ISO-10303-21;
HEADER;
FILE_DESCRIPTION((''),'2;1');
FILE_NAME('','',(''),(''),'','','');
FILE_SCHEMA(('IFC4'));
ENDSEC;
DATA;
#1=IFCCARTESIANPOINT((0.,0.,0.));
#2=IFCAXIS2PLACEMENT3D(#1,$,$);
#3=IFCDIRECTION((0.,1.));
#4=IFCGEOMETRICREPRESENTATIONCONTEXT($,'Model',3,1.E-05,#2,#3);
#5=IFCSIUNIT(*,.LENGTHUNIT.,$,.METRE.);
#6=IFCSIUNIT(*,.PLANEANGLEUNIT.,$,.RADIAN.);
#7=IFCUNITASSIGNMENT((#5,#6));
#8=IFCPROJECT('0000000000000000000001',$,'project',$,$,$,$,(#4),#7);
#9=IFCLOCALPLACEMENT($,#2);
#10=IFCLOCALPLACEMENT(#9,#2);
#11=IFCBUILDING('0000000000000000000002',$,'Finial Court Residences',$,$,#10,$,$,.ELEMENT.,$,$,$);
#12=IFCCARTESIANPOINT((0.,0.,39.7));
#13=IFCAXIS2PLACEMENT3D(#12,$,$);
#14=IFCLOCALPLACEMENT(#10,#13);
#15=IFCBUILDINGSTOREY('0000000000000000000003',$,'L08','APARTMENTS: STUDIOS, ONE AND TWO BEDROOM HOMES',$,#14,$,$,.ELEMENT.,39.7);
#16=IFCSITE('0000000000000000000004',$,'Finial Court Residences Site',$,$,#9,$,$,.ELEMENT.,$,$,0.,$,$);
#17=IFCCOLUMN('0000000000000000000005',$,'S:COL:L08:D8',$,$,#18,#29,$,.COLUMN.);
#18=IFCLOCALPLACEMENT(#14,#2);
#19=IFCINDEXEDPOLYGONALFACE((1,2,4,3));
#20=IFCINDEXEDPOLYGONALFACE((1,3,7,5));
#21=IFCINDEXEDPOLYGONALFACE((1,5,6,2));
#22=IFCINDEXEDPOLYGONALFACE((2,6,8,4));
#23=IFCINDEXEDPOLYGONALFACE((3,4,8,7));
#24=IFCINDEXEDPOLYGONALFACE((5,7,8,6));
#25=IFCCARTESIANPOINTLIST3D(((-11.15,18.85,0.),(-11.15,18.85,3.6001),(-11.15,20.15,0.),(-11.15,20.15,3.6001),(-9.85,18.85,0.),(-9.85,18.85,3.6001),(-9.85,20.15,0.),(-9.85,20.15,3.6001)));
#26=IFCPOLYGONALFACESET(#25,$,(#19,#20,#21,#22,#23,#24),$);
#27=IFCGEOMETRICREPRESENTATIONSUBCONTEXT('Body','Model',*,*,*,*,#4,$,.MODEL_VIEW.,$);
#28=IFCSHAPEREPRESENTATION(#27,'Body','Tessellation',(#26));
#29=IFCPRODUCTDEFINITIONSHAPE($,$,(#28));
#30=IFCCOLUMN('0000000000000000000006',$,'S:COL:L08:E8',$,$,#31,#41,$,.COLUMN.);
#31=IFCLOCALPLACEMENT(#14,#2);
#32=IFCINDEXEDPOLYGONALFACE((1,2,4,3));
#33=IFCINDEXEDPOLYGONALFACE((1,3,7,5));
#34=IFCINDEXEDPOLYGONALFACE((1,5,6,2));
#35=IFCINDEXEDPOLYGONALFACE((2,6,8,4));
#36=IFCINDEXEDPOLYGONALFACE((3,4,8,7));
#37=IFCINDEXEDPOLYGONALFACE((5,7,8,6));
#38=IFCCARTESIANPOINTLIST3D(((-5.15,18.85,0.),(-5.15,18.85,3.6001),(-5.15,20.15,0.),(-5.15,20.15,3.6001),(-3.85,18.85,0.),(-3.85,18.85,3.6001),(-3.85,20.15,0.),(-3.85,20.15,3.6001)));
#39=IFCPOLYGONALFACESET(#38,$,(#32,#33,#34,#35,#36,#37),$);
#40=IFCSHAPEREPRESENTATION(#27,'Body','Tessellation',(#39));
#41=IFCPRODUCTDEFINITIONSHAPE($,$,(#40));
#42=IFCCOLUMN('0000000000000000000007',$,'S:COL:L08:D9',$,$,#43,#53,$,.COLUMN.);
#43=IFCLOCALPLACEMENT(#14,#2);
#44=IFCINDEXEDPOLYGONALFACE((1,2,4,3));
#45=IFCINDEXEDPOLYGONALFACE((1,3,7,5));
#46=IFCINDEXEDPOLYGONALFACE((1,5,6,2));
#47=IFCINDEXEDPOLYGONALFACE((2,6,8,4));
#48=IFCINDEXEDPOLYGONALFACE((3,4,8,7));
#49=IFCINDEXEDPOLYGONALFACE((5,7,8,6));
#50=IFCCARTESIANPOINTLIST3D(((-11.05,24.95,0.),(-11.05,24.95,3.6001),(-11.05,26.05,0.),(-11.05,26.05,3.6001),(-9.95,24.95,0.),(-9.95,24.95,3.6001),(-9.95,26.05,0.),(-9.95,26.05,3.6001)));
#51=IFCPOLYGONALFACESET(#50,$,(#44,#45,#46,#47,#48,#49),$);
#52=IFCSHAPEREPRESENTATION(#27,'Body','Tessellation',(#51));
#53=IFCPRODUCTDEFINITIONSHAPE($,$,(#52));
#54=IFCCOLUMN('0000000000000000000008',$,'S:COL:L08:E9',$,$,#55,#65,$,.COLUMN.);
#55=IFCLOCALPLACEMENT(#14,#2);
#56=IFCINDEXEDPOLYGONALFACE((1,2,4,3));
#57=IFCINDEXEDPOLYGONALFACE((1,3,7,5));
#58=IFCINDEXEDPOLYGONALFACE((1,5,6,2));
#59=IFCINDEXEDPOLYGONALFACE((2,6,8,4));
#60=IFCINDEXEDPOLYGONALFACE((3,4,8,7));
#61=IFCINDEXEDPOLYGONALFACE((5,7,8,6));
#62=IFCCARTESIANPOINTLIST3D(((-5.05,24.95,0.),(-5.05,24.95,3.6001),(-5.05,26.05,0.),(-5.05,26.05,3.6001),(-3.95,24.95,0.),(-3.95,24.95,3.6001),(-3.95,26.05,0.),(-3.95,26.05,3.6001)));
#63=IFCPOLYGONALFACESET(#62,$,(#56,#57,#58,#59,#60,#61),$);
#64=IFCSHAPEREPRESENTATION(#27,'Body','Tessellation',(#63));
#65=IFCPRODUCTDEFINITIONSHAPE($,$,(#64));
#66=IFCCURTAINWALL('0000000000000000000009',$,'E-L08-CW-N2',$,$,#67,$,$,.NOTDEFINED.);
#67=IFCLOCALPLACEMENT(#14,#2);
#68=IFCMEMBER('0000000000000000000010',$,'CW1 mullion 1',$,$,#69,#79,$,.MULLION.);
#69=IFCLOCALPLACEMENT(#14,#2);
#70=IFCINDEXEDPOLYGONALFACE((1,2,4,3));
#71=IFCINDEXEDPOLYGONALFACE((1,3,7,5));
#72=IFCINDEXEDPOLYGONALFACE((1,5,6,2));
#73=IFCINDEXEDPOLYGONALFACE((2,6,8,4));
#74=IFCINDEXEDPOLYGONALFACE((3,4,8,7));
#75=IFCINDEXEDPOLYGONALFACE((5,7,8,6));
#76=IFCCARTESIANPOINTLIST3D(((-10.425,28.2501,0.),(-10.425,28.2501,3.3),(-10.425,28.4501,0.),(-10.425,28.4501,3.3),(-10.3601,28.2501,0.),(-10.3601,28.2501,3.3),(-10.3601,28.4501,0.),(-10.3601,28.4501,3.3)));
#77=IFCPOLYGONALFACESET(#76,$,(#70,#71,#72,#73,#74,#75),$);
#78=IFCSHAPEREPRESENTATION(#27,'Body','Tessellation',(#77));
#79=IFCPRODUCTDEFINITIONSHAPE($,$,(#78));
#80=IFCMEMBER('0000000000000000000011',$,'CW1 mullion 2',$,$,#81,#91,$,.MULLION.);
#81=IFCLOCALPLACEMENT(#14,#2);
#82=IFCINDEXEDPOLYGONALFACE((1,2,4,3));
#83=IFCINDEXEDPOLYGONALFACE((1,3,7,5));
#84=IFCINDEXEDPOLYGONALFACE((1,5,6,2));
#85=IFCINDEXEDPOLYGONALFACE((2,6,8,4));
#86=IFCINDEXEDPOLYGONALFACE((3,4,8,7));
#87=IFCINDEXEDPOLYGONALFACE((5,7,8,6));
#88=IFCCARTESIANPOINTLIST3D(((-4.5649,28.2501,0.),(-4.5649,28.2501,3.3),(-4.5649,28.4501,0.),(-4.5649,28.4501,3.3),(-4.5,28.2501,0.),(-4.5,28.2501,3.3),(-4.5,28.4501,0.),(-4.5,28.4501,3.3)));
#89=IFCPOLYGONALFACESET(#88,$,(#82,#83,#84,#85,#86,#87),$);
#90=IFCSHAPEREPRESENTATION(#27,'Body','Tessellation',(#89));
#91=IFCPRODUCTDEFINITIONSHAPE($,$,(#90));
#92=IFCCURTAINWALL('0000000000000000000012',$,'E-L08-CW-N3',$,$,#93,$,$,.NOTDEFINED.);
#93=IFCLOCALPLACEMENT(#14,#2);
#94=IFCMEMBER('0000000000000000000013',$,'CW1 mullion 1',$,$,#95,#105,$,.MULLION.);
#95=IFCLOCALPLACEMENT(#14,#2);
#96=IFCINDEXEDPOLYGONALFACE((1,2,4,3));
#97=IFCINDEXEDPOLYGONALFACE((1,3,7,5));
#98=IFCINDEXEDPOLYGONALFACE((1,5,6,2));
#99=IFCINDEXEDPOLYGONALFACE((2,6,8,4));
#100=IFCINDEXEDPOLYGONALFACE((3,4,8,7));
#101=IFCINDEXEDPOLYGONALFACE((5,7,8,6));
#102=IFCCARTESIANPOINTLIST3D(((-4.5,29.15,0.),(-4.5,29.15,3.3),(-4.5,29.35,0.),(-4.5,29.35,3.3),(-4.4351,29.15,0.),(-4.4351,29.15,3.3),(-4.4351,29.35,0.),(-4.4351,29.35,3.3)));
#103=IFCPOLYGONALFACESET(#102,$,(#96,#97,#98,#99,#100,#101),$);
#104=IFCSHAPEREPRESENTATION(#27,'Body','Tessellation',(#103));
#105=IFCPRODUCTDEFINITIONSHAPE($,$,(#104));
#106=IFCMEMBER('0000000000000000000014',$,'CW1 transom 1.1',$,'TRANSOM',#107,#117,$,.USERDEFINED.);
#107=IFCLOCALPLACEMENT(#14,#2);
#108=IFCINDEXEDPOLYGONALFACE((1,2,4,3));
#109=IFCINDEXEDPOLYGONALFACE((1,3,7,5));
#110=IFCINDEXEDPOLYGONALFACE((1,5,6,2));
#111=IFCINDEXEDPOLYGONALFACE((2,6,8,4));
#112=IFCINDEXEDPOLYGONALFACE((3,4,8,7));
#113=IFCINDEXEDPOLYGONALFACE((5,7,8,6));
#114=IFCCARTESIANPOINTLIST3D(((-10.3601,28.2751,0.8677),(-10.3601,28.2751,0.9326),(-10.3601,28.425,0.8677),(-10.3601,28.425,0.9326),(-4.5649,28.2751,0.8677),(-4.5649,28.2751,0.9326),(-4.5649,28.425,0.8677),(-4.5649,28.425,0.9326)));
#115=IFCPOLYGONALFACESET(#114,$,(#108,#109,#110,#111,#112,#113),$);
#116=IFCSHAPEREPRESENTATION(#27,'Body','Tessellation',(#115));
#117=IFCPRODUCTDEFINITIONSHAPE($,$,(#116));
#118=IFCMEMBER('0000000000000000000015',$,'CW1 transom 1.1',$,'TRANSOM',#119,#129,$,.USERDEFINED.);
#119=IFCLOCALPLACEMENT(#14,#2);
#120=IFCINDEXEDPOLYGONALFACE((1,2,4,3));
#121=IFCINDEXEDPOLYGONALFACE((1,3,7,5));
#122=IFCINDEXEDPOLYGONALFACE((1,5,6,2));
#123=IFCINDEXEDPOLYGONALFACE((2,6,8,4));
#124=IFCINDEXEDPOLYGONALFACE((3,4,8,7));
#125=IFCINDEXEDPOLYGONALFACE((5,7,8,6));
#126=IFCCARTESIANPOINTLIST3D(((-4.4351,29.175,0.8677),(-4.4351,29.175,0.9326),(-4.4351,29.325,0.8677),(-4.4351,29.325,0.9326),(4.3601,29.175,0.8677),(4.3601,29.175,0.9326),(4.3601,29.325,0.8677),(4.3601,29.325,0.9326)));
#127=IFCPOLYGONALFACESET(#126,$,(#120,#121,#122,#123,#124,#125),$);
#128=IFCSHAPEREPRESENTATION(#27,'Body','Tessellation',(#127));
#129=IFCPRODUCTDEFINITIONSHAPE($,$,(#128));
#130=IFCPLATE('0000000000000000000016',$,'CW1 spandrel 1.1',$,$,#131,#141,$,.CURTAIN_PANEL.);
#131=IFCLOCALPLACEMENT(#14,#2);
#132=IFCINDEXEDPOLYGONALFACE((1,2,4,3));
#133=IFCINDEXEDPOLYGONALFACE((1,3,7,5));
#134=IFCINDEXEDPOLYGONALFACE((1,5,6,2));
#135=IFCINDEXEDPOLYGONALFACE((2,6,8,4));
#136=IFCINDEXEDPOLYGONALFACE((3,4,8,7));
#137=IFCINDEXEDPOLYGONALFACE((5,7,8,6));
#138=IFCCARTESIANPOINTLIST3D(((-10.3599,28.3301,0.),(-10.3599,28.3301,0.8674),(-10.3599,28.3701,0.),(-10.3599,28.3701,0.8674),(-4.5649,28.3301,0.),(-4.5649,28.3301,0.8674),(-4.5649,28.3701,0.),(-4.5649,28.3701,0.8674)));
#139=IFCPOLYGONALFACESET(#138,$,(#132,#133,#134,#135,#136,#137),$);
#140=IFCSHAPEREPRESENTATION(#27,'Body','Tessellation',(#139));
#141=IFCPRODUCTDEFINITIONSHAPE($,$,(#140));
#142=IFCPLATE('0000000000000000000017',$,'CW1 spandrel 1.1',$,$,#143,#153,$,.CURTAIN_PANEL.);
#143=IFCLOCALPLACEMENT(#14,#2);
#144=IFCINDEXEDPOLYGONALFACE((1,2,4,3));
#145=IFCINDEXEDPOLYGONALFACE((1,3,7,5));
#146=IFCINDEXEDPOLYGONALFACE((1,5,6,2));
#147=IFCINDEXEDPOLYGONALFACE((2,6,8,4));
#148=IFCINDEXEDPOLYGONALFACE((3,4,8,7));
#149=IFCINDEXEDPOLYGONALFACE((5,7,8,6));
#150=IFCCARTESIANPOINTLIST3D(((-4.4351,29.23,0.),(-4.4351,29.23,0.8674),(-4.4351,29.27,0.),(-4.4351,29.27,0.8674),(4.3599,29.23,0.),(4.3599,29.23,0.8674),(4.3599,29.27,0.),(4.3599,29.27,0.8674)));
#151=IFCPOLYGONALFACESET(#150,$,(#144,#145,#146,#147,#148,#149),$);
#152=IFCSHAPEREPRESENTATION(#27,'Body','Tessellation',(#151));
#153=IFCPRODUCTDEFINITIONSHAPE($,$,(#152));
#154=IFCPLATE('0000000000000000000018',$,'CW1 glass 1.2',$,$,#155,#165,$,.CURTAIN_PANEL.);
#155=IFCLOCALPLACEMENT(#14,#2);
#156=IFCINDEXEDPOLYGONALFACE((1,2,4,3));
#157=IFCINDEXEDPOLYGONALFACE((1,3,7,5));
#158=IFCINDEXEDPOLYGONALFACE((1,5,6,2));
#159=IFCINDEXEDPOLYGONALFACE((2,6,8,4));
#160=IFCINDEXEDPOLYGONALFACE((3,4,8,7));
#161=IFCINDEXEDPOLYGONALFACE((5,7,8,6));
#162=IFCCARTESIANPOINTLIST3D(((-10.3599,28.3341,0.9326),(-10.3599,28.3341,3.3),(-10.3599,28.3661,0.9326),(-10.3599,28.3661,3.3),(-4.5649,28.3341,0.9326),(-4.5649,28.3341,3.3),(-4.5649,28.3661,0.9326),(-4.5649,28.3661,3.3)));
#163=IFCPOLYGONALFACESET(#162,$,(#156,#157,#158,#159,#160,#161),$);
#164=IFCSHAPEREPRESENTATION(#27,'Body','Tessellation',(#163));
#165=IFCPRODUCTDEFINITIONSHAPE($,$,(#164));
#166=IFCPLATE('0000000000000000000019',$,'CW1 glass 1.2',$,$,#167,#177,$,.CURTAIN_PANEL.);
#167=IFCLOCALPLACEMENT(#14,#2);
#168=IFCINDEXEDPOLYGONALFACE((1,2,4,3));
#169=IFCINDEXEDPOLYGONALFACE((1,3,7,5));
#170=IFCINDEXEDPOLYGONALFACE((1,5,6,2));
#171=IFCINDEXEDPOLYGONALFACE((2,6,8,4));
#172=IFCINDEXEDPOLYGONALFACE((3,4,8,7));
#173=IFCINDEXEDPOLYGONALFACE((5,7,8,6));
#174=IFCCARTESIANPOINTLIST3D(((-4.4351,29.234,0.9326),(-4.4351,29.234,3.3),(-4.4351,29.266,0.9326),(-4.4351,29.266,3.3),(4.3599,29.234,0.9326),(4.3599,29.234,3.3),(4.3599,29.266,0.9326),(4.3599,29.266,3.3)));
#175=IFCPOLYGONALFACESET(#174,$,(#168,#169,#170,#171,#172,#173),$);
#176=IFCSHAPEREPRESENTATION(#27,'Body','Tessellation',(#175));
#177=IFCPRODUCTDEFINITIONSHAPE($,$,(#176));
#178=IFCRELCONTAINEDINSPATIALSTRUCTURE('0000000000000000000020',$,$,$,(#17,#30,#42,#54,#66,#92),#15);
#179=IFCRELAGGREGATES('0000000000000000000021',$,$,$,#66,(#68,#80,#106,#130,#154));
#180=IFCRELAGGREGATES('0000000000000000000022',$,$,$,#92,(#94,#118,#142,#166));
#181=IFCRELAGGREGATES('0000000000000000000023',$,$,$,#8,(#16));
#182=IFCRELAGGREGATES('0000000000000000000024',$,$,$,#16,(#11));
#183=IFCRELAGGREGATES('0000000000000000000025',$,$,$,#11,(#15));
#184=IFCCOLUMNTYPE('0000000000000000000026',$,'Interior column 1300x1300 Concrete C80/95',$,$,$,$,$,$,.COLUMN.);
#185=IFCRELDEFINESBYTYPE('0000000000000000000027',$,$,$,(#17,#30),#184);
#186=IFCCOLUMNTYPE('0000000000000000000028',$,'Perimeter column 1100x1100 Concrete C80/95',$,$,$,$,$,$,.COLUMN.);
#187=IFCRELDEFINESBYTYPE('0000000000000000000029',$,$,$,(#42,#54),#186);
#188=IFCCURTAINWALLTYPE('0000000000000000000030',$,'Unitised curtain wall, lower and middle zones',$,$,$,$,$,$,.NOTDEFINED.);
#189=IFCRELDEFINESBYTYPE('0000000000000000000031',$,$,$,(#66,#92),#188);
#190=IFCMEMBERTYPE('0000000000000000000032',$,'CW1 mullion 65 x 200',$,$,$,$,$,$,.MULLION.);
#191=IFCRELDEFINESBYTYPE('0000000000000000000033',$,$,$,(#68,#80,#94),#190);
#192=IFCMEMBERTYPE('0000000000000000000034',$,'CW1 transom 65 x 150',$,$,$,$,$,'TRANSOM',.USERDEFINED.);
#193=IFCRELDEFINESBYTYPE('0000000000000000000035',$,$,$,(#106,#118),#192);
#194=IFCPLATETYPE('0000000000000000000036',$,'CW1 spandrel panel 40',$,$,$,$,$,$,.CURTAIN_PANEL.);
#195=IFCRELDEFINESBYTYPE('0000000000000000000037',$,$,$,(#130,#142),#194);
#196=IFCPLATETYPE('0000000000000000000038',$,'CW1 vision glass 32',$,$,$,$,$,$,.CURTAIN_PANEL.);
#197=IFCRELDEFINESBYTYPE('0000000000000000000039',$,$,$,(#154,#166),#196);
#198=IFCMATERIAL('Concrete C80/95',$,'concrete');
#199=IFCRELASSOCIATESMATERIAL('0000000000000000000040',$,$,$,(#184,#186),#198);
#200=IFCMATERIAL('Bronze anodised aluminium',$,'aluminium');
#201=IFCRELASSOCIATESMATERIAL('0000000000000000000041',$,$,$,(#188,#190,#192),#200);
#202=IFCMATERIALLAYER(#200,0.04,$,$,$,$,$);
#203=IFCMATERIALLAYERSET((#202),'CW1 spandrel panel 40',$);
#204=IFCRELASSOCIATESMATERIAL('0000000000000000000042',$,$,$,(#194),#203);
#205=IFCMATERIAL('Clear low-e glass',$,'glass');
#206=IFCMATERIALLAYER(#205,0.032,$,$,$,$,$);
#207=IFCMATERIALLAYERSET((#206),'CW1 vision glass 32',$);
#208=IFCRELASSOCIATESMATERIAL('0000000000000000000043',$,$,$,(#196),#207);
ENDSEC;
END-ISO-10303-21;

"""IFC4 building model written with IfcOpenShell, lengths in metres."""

from ifc_helpers import new_model, si_unit, direction, frame, origin, origin_2d, place, context, subcontext, project, spatial, rectangle, extrude, material, layer, layer_set, material_profile, profile_set, type_object, element, aggregate, save


model = new_model("IFC4")

# Units and contexts
model_context = context("Model", 3, precision=1e-05, world=origin(), true_north=direction((0.0, 1.0)))
body_context = subcontext(model_context, "Body", "Model", "MODEL_VIEW")
ifc_project = project(units=[si_unit("LENGTHUNIT", "METRE"), si_unit("PLANEANGLEUNIT", "RADIAN")], contexts=[model_context])

# Site, building, storey
site_placement = place(None, origin())
site = spatial("IfcSite", under=ifc_project, at=site_placement, Name="Finial Court Residences Site", CompositionType="ELEMENT", RefElevation=0.0)
building_placement = place(site_placement, origin())
building = spatial("IfcBuilding", under=site, at=building_placement, Name="Finial Court Residences", CompositionType="ELEMENT")
storey_placement = place(building_placement, frame((0.0, 0.0, 39.7)))
storey = spatial("IfcBuildingStorey", under=building, at=storey_placement, Name="L08", Description="APARTMENTS: STUDIOS, ONE AND TWO BEDROOM HOMES", CompositionType="ELEMENT", Elevation=39.7)

# Columns
ifc_material_1 = material(Name="Concrete C80/95", Category="concrete")
ifc_material_profile_1 = material_profile(ifc_material_1, rectangle(XDim=1.3, YDim=1.3, at=origin_2d()), Name="1300x1300")
ifc_profile_set_1 = profile_set([ifc_material_profile_1], Name="Concrete C80/95")
column_type_1 = type_object("IfcColumnType", Name="Interior column 1300x1300 Concrete C80/95", PredefinedType="COLUMN", material=ifc_profile_set_1)
for number, where, z_axis, x_axis, name in (
    (1, (-10.5, 19.5, 0.0), (0.0, 0.0, 1.0), (1.0, 0.0, 0.0), "S:COL:L08:D8"),
    (2, (-4.5, 19.5, 0.0), (0.0, 0.0, 1.0), (1.0, 0.0, 0.0), "S:COL:L08:E8"),
):
    element("IfcColumn", number, at=place(storey_placement, frame(where, z_axis=z_axis, x_axis=x_axis)), inside=storey, type_object=column_type_1, Name=name, PredefinedType="COLUMN", context=body_context, shape_type="SweptSolid", body=[
        extrude(rectangle(XDim=1.3, YDim=1.3, at=origin_2d()), origin(), (0.0, 0.0, 1.0), 3.6001),
    ])
ifc_material_profile_2 = material_profile(ifc_material_1, rectangle(XDim=1.1001, YDim=1.1001, at=origin_2d()), Name="1100x1100")
ifc_profile_set_2 = profile_set([ifc_material_profile_2], Name="Concrete C80/95")
column_type_2 = type_object("IfcColumnType", Name="Perimeter column 1100x1100 Concrete C80/95", PredefinedType="COLUMN", material=ifc_profile_set_2)
for number, where, z_axis, x_axis, name in (
    (3, (-10.5, 25.5, 0.0), (0.0, 0.0, 1.0), (1.0, 0.0, 0.0), "S:COL:L08:D9"),
    (4, (-4.5, 25.5, 0.0), (0.0, 0.0, 1.0), (1.0, 0.0, 0.0), "S:COL:L08:E9"),
):
    element("IfcColumn", number, at=place(storey_placement, frame(where, z_axis=z_axis, x_axis=x_axis)), inside=storey, type_object=column_type_2, Name=name, PredefinedType="COLUMN", context=body_context, shape_type="SweptSolid", body=[
        extrude(rectangle(XDim=1.1001, YDim=1.1001, at=origin_2d()), origin(), (0.0, 0.0, 1.0), 3.6001),
    ])

# Curtain wall, members
ifc_material_2 = material(Name="Bronze anodised aluminium", Category="aluminium")
curtain_wall_type = type_object("IfcCurtainWallType", Name="Unitised curtain wall, lower and middle zones", PredefinedType="NOTDEFINED", material=ifc_material_2)
curtain_wall_1_placement = place(storey_placement, origin())
curtain_wall_1 = element("IfcCurtainWall", 5, at=curtain_wall_1_placement, inside=storey, type_object=curtain_wall_type, Name="E-L08-CW-N2", PredefinedType="NOTDEFINED")
ifc_material_profile_3 = material_profile(ifc_material_2, rectangle(XDim=0.2, YDim=0.0649, at=origin_2d()), Name="CW1 mullion 65 x 200")
ifc_profile_set_3 = profile_set([ifc_material_profile_3], Name="Bronze anodised aluminium")
member_type_1 = type_object("IfcMemberType", Name="CW1 mullion 65 x 200", PredefinedType="MULLION", material=ifc_profile_set_3)
member_1_placement = place(storey_placement, frame((-10.3926, 28.3501, 0.0), z_axis=(0.0, 0.0, 1.0), x_axis=(0.0, 1.0, 0.0)))
member_1 = element("IfcMember", 6, at=member_1_placement, type_object=member_type_1, Name="CW1 mullion 1", PredefinedType="MULLION", context=body_context, shape_type="SweptSolid", body=[
    extrude(rectangle(XDim=0.2, YDim=0.0649, at=origin_2d()), origin(), (0.0, 0.0, 1.0), 3.3),
])
member_2_placement = place(storey_placement, frame((-4.5325, 28.3501, 0.0), z_axis=(0.0, 0.0, 1.0), x_axis=(0.0, 1.0, 0.0)))
member_2 = element("IfcMember", 7, at=member_2_placement, type_object=member_type_1, Name="CW1 mullion 2", PredefinedType="MULLION", context=body_context, shape_type="SweptSolid", body=[
    extrude(rectangle(XDim=0.2, YDim=0.0649, at=origin_2d()), origin(), (0.0, 0.0, 1.0), 3.3),
])

# Curtain wall, member
curtain_wall_2_placement = place(storey_placement, origin())
curtain_wall_2 = element("IfcCurtainWall", 8, at=curtain_wall_2_placement, inside=storey, type_object=curtain_wall_type, Name="E-L08-CW-N3", PredefinedType="NOTDEFINED")
member_3_placement = place(storey_placement, frame((-4.4675, 29.25, 0.0), z_axis=(0.0, 0.0, 1.0), x_axis=(0.0, 1.0, 0.0)))
member_3 = element("IfcMember", 9, at=member_3_placement, type_object=member_type_1, Name="CW1 mullion 1", PredefinedType="MULLION", context=body_context, shape_type="SweptSolid", body=[
    extrude(rectangle(XDim=0.2, YDim=0.0649, at=origin_2d()), origin(), (0.0, 0.0, 1.0), 3.3),
])

# Members
ifc_material_profile_4 = material_profile(ifc_material_2, rectangle(XDim=0.1499, YDim=0.0649, at=origin_2d()), Name="CW1 transom 65 x 150")
ifc_profile_set_4 = profile_set([ifc_material_profile_4], Name="Bronze anodised aluminium")
member_type_2 = type_object("IfcMemberType", Name="CW1 transom 65 x 150", ElementType="TRANSOM", PredefinedType="USERDEFINED", material=ifc_profile_set_4)
member_4_placement = place(storey_placement, frame((-10.3601, 28.3501, 0.9001), z_axis=(1.0, 0.0, 0.0), x_axis=(0.0, 1.0, 0.0)))
member_4 = element("IfcMember", 10, at=member_4_placement, type_object=member_type_2, Name="CW1 transom 1.1", ObjectType="TRANSOM", PredefinedType="USERDEFINED", context=body_context, shape_type="SweptSolid", body=[
    extrude(rectangle(XDim=0.1499, YDim=0.0649, at=origin_2d()), origin(), (0.0, 0.0, 1.0), 5.7952),
])
member_5_placement = place(storey_placement, frame((-4.4351, 29.25, 0.9001), z_axis=(1.0, 0.0, 0.0), x_axis=(0.0, 1.0, 0.0)))
member_5 = element("IfcMember", 11, at=member_5_placement, type_object=member_type_2, Name="CW1 transom 1.1", ObjectType="TRANSOM", PredefinedType="USERDEFINED", context=body_context, shape_type="SweptSolid", body=[
    extrude(rectangle(XDim=0.1499, YDim=0.0649, at=origin_2d()), origin(), (0.0, 0.0, 1.0), 8.7952),
])

# Plates
ifc_layer_1 = layer(ifc_material_2, 0.04)
ifc_layer_set_1 = layer_set([ifc_layer_1], Name="CW1 spandrel panel 40")
plate_type_1 = type_object("IfcPlateType", Name="CW1 spandrel panel 40", PredefinedType="CURTAIN_PANEL", material=ifc_layer_set_1)
plate_1_placement = place(storey_placement, frame((-7.4624, 28.3501, 0.0), z_axis=(0.0, 0.0, 1.0), x_axis=(1.0, 0.0, 0.0)))
plate_1 = element("IfcPlate", 12, at=plate_1_placement, type_object=plate_type_1, Name="CW1 spandrel 1.1", PredefinedType="CURTAIN_PANEL", context=body_context, shape_type="SweptSolid", body=[
    extrude(rectangle(XDim=5.7949, YDim=0.04, at=origin_2d()), origin(), (0.0, 0.0, 1.0), 0.8674),
])
plate_2_placement = place(storey_placement, frame((-0.0376, 29.25, 0.0), z_axis=(0.0, 0.0, 1.0), x_axis=(1.0, 0.0, 0.0)))
plate_2 = element("IfcPlate", 13, at=plate_2_placement, type_object=plate_type_1, Name="CW1 spandrel 1.1", PredefinedType="CURTAIN_PANEL", context=body_context, shape_type="SweptSolid", body=[
    extrude(rectangle(XDim=8.7949, YDim=0.04, at=origin_2d()), origin(), (0.0, 0.0, 1.0), 0.8674),
])
ifc_material_3 = material(Name="Clear low-e glass", Category="glass")
ifc_layer_2 = layer(ifc_material_3, 0.032)
ifc_layer_set_2 = layer_set([ifc_layer_2], Name="CW1 vision glass 32")
plate_type_2 = type_object("IfcPlateType", Name="CW1 vision glass 32", PredefinedType="CURTAIN_PANEL", material=ifc_layer_set_2)
plate_3_placement = place(storey_placement, frame((-7.4624, 28.3501, 0.9326), z_axis=(0.0, 0.0, 1.0), x_axis=(1.0, 0.0, 0.0)))
plate_3 = element("IfcPlate", 14, at=plate_3_placement, type_object=plate_type_2, Name="CW1 glass 1.2", PredefinedType="CURTAIN_PANEL", context=body_context, shape_type="SweptSolid", body=[
    extrude(rectangle(XDim=5.7949, YDim=0.032, at=origin_2d()), origin(), (0.0, 0.0, 1.0), 2.3674),
])
aggregate(curtain_wall_1, [member_1, member_2, member_4, plate_1, plate_3])
plate_4_placement = place(storey_placement, frame((-0.0376, 29.25, 0.9326), z_axis=(0.0, 0.0, 1.0), x_axis=(1.0, 0.0, 0.0)))
plate_4 = element("IfcPlate", 15, at=plate_4_placement, type_object=plate_type_2, Name="CW1 glass 1.2", PredefinedType="CURTAIN_PANEL", context=body_context, shape_type="SweptSolid", body=[
    extrude(rectangle(XDim=8.7949, YDim=0.032, at=origin_2d()), origin(), (0.0, 0.0, 1.0), 2.3674),
])
aggregate(curtain_wall_2, [member_3, member_5, plate_2, plate_4])

save(model, "model.ifc")
